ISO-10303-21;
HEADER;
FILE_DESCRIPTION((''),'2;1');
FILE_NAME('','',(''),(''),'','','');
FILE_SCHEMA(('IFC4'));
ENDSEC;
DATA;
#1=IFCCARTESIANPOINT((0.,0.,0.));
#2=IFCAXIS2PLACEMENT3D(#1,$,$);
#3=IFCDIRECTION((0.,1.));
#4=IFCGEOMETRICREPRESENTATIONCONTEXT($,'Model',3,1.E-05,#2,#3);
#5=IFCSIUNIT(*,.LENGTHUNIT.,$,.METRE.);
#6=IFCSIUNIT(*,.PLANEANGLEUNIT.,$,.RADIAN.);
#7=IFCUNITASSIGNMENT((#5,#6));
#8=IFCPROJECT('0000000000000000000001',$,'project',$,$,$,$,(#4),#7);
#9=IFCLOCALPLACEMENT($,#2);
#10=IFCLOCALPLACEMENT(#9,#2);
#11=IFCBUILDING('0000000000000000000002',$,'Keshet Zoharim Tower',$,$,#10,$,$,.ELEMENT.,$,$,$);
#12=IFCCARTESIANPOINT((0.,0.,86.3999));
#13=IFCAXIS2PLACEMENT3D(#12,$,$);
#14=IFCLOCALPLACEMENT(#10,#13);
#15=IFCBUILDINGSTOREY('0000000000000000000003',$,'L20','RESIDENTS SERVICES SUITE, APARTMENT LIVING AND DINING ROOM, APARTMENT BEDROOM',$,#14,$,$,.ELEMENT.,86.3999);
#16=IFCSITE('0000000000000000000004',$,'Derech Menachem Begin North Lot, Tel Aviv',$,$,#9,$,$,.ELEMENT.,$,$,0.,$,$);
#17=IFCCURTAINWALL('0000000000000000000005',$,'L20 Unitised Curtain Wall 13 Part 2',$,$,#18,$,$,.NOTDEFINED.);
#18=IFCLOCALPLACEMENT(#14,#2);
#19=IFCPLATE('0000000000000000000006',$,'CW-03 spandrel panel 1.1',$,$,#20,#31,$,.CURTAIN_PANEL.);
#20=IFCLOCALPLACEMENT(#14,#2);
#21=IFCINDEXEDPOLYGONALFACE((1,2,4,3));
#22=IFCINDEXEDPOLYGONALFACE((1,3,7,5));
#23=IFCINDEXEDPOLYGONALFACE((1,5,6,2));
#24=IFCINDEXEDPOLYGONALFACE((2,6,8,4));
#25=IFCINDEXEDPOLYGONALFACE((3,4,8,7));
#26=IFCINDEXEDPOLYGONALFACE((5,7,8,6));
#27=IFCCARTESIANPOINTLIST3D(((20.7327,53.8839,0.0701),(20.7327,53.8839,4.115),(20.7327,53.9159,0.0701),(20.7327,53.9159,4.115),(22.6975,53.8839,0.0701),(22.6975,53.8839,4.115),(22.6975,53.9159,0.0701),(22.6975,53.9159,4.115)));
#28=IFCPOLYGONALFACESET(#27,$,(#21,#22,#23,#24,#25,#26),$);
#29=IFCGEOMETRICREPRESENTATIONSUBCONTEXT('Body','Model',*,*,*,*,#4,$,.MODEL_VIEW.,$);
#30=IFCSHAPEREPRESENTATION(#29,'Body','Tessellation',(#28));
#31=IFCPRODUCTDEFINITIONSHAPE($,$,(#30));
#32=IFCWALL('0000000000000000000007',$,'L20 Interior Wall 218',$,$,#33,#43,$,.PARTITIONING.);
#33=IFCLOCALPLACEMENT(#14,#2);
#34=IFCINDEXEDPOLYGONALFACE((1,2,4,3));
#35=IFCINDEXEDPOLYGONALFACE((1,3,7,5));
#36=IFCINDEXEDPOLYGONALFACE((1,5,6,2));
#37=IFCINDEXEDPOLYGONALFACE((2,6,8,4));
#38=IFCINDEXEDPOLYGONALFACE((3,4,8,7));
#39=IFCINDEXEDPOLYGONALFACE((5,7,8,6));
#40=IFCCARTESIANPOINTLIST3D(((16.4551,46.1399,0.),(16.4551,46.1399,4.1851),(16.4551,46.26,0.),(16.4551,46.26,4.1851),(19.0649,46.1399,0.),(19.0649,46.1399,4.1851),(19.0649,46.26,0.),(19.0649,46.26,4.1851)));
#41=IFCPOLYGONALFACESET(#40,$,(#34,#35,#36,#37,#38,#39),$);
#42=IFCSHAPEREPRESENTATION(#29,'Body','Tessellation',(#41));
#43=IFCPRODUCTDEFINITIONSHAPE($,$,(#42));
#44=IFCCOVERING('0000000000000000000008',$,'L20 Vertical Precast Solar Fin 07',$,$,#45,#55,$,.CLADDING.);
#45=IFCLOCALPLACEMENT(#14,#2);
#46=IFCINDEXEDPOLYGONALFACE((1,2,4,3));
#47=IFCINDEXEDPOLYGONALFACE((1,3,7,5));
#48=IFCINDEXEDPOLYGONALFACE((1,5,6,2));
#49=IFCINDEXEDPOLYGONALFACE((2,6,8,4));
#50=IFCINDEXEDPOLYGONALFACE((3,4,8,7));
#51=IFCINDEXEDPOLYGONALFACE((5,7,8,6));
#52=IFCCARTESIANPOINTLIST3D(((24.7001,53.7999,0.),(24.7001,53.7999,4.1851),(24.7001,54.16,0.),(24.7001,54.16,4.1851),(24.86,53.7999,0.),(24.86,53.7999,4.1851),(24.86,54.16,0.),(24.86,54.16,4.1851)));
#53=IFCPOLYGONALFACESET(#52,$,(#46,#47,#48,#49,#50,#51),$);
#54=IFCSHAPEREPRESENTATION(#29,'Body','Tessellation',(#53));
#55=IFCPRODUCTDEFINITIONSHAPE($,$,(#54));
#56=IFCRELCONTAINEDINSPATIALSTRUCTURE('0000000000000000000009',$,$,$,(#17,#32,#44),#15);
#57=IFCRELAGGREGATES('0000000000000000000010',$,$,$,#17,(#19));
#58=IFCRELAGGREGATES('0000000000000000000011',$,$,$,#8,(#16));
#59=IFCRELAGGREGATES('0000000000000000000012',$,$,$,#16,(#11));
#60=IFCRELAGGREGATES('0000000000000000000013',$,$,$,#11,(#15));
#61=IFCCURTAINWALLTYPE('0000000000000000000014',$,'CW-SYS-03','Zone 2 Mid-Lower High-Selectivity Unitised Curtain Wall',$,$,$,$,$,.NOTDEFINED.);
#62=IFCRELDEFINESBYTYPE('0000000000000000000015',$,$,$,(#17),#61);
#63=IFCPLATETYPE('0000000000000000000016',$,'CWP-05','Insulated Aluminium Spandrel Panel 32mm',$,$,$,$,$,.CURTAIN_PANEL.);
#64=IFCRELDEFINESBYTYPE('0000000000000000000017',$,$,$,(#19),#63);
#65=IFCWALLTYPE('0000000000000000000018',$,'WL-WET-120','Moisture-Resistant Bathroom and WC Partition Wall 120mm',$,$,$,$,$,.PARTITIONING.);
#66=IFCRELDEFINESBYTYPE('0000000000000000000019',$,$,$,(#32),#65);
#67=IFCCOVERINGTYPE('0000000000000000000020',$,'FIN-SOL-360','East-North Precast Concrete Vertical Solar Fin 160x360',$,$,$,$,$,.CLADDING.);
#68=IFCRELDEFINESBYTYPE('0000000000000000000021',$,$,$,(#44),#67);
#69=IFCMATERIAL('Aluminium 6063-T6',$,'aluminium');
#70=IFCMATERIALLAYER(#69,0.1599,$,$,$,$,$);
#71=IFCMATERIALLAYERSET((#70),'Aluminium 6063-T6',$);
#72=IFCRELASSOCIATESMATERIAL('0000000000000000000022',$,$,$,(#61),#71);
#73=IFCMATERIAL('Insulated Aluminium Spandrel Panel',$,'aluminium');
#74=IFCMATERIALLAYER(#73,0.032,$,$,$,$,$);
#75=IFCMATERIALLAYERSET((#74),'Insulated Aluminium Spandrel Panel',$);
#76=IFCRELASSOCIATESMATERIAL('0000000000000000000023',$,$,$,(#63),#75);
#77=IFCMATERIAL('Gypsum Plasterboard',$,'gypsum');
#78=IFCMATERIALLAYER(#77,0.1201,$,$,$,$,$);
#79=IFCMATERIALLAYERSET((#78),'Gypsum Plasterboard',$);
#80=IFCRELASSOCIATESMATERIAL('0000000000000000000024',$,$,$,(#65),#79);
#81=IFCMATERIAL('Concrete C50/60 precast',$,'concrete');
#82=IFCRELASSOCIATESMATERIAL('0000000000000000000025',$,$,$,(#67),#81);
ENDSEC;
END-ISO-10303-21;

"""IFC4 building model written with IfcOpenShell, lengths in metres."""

from ifc_helpers import new_model, si_unit, direction, frame, frame_2d, origin, origin_2d, place, context, subcontext, project, spatial, rectangle, extrude, material, layer, layer_set, type_object, element, aggregate, save


model = new_model("IFC4")

# Units and contexts
model_context = context("Model", 3, precision=1e-05, world=origin(), true_north=direction((0.0, 1.0)))
body_context = subcontext(model_context, "Body", "Model", "MODEL_VIEW")
ifc_project = project(units=[si_unit("LENGTHUNIT", "METRE"), si_unit("PLANEANGLEUNIT", "RADIAN")], contexts=[model_context])

# Site, building, storey
site_placement = place(None, origin())
site = spatial("IfcSite", under=ifc_project, at=site_placement, Name="Derech Menachem Begin North Lot, Tel Aviv", CompositionType="ELEMENT", RefElevation=0.0)
building_placement = place(site_placement, origin())
building = spatial("IfcBuilding", under=site, at=building_placement, Name="Keshet Zoharim Tower", CompositionType="ELEMENT")
storey_placement = place(building_placement, frame((0.0, 0.0, 86.3999)))
storey = spatial("IfcBuildingStorey", under=building, at=storey_placement, Name="L20", Description="RESIDENTS SERVICES SUITE, APARTMENT LIVING AND DINING ROOM, APARTMENT BEDROOM", CompositionType="ELEMENT", Elevation=86.3999)

# Shared definitions
ifc_material_1 = material(Name="Aluminium 6063-T6", Category="aluminium")
ifc_layer_1 = layer(ifc_material_1, 0.1599)
ifc_layer_set_1 = layer_set([ifc_layer_1], Name="Aluminium 6063-T6")
curtain_wall_type = type_object("IfcCurtainWallType", Name="CW-SYS-03", Description="Zone 2 Mid-Lower High-Selectivity Unitised Curtain Wall", PredefinedType="NOTDEFINED", material=ifc_layer_set_1)

# Curtain wall
curtain_wall_1_placement = place(storey_placement, origin())
curtain_wall_1 = element("IfcCurtainWall", 1, at=curtain_wall_1_placement, inside=storey, type_object=curtain_wall_type, Name="L20 Unitised Curtain Wall 13 Part 2", PredefinedType="NOTDEFINED")

# Plate
ifc_material_2 = material(Name="Insulated Aluminium Spandrel Panel", Category="aluminium")
ifc_layer_2 = layer(ifc_material_2, 0.032)
ifc_layer_set_2 = layer_set([ifc_layer_2], Name="Insulated Aluminium Spandrel Panel")
plate_type_1 = type_object("IfcPlateType", Name="CWP-05", Description="Insulated Aluminium Spandrel Panel 32mm", PredefinedType="CURTAIN_PANEL", material=ifc_layer_set_2)
plate_1_placement = place(storey_placement, frame((21.7151, 53.8999, 0.0701), z_axis=(0.0, 0.0, 1.0), x_axis=(1.0, 0.0, 0.0)))
plate_1 = element("IfcPlate", 2, at=plate_1_placement, type_object=plate_type_1, Name="CW-03 spandrel panel 1.1", PredefinedType="CURTAIN_PANEL", context=body_context, shape_type="SweptSolid", body=[
    extrude(rectangle(XDim=1.9648, YDim=0.032, at=origin_2d()), origin(), (0.0, 0.0, 1.0), 4.0449),
])
aggregate(curtain_wall_1, [plate_1])

# Wall
ifc_material_3 = material(Name="Gypsum Plasterboard", Category="gypsum")
ifc_layer_3 = layer(ifc_material_3, 0.1201)
ifc_layer_set_3 = layer_set([ifc_layer_3], Name="Gypsum Plasterboard")
wall_type = type_object("IfcWallType", Name="WL-WET-120", Description="Moisture-Resistant Bathroom and WC Partition Wall 120mm", PredefinedType="PARTITIONING", material=ifc_layer_set_3)
wall_placement = place(storey_placement, frame((16.4551, 46.2, 0.0), z_axis=(0.0, 0.0, 1.0), x_axis=(1.0, 0.0, 0.0)))
element("IfcWall", 3, at=wall_placement, inside=storey, type_object=wall_type, Name="L20 Interior Wall 218", PredefinedType="PARTITIONING", context=body_context, shape_type="SweptSolid", body=[
    extrude(rectangle(XDim=2.6099, YDim=0.1201, at=frame_2d((1.3049, 0.0))), origin(), (0.0, 0.0, 1.0), 4.1851),
])

# Covering
ifc_material_4 = material(Name="Concrete C50/60 precast", Category="concrete")
covering_type = type_object("IfcCoveringType", Name="FIN-SOL-360", Description="East-North Precast Concrete Vertical Solar Fin 160x360", PredefinedType="CLADDING", material=ifc_material_4)
covering_placement = place(storey_placement, frame((24.78, 53.98, 0.0), z_axis=(0.0, 0.0, 1.0), x_axis=(1.0, 0.0, 0.0)))
element("IfcCovering", 4, at=covering_placement, inside=storey, type_object=covering_type, Name="L20 Vertical Precast Solar Fin 07", PredefinedType="CLADDING", context=body_context, shape_type="SweptSolid", body=[
    extrude(rectangle(XDim=0.1599, YDim=0.3601, at=origin_2d()), origin(), (0.0, 0.0, 1.0), 4.1851),
])

save(model, "model.ifc")
